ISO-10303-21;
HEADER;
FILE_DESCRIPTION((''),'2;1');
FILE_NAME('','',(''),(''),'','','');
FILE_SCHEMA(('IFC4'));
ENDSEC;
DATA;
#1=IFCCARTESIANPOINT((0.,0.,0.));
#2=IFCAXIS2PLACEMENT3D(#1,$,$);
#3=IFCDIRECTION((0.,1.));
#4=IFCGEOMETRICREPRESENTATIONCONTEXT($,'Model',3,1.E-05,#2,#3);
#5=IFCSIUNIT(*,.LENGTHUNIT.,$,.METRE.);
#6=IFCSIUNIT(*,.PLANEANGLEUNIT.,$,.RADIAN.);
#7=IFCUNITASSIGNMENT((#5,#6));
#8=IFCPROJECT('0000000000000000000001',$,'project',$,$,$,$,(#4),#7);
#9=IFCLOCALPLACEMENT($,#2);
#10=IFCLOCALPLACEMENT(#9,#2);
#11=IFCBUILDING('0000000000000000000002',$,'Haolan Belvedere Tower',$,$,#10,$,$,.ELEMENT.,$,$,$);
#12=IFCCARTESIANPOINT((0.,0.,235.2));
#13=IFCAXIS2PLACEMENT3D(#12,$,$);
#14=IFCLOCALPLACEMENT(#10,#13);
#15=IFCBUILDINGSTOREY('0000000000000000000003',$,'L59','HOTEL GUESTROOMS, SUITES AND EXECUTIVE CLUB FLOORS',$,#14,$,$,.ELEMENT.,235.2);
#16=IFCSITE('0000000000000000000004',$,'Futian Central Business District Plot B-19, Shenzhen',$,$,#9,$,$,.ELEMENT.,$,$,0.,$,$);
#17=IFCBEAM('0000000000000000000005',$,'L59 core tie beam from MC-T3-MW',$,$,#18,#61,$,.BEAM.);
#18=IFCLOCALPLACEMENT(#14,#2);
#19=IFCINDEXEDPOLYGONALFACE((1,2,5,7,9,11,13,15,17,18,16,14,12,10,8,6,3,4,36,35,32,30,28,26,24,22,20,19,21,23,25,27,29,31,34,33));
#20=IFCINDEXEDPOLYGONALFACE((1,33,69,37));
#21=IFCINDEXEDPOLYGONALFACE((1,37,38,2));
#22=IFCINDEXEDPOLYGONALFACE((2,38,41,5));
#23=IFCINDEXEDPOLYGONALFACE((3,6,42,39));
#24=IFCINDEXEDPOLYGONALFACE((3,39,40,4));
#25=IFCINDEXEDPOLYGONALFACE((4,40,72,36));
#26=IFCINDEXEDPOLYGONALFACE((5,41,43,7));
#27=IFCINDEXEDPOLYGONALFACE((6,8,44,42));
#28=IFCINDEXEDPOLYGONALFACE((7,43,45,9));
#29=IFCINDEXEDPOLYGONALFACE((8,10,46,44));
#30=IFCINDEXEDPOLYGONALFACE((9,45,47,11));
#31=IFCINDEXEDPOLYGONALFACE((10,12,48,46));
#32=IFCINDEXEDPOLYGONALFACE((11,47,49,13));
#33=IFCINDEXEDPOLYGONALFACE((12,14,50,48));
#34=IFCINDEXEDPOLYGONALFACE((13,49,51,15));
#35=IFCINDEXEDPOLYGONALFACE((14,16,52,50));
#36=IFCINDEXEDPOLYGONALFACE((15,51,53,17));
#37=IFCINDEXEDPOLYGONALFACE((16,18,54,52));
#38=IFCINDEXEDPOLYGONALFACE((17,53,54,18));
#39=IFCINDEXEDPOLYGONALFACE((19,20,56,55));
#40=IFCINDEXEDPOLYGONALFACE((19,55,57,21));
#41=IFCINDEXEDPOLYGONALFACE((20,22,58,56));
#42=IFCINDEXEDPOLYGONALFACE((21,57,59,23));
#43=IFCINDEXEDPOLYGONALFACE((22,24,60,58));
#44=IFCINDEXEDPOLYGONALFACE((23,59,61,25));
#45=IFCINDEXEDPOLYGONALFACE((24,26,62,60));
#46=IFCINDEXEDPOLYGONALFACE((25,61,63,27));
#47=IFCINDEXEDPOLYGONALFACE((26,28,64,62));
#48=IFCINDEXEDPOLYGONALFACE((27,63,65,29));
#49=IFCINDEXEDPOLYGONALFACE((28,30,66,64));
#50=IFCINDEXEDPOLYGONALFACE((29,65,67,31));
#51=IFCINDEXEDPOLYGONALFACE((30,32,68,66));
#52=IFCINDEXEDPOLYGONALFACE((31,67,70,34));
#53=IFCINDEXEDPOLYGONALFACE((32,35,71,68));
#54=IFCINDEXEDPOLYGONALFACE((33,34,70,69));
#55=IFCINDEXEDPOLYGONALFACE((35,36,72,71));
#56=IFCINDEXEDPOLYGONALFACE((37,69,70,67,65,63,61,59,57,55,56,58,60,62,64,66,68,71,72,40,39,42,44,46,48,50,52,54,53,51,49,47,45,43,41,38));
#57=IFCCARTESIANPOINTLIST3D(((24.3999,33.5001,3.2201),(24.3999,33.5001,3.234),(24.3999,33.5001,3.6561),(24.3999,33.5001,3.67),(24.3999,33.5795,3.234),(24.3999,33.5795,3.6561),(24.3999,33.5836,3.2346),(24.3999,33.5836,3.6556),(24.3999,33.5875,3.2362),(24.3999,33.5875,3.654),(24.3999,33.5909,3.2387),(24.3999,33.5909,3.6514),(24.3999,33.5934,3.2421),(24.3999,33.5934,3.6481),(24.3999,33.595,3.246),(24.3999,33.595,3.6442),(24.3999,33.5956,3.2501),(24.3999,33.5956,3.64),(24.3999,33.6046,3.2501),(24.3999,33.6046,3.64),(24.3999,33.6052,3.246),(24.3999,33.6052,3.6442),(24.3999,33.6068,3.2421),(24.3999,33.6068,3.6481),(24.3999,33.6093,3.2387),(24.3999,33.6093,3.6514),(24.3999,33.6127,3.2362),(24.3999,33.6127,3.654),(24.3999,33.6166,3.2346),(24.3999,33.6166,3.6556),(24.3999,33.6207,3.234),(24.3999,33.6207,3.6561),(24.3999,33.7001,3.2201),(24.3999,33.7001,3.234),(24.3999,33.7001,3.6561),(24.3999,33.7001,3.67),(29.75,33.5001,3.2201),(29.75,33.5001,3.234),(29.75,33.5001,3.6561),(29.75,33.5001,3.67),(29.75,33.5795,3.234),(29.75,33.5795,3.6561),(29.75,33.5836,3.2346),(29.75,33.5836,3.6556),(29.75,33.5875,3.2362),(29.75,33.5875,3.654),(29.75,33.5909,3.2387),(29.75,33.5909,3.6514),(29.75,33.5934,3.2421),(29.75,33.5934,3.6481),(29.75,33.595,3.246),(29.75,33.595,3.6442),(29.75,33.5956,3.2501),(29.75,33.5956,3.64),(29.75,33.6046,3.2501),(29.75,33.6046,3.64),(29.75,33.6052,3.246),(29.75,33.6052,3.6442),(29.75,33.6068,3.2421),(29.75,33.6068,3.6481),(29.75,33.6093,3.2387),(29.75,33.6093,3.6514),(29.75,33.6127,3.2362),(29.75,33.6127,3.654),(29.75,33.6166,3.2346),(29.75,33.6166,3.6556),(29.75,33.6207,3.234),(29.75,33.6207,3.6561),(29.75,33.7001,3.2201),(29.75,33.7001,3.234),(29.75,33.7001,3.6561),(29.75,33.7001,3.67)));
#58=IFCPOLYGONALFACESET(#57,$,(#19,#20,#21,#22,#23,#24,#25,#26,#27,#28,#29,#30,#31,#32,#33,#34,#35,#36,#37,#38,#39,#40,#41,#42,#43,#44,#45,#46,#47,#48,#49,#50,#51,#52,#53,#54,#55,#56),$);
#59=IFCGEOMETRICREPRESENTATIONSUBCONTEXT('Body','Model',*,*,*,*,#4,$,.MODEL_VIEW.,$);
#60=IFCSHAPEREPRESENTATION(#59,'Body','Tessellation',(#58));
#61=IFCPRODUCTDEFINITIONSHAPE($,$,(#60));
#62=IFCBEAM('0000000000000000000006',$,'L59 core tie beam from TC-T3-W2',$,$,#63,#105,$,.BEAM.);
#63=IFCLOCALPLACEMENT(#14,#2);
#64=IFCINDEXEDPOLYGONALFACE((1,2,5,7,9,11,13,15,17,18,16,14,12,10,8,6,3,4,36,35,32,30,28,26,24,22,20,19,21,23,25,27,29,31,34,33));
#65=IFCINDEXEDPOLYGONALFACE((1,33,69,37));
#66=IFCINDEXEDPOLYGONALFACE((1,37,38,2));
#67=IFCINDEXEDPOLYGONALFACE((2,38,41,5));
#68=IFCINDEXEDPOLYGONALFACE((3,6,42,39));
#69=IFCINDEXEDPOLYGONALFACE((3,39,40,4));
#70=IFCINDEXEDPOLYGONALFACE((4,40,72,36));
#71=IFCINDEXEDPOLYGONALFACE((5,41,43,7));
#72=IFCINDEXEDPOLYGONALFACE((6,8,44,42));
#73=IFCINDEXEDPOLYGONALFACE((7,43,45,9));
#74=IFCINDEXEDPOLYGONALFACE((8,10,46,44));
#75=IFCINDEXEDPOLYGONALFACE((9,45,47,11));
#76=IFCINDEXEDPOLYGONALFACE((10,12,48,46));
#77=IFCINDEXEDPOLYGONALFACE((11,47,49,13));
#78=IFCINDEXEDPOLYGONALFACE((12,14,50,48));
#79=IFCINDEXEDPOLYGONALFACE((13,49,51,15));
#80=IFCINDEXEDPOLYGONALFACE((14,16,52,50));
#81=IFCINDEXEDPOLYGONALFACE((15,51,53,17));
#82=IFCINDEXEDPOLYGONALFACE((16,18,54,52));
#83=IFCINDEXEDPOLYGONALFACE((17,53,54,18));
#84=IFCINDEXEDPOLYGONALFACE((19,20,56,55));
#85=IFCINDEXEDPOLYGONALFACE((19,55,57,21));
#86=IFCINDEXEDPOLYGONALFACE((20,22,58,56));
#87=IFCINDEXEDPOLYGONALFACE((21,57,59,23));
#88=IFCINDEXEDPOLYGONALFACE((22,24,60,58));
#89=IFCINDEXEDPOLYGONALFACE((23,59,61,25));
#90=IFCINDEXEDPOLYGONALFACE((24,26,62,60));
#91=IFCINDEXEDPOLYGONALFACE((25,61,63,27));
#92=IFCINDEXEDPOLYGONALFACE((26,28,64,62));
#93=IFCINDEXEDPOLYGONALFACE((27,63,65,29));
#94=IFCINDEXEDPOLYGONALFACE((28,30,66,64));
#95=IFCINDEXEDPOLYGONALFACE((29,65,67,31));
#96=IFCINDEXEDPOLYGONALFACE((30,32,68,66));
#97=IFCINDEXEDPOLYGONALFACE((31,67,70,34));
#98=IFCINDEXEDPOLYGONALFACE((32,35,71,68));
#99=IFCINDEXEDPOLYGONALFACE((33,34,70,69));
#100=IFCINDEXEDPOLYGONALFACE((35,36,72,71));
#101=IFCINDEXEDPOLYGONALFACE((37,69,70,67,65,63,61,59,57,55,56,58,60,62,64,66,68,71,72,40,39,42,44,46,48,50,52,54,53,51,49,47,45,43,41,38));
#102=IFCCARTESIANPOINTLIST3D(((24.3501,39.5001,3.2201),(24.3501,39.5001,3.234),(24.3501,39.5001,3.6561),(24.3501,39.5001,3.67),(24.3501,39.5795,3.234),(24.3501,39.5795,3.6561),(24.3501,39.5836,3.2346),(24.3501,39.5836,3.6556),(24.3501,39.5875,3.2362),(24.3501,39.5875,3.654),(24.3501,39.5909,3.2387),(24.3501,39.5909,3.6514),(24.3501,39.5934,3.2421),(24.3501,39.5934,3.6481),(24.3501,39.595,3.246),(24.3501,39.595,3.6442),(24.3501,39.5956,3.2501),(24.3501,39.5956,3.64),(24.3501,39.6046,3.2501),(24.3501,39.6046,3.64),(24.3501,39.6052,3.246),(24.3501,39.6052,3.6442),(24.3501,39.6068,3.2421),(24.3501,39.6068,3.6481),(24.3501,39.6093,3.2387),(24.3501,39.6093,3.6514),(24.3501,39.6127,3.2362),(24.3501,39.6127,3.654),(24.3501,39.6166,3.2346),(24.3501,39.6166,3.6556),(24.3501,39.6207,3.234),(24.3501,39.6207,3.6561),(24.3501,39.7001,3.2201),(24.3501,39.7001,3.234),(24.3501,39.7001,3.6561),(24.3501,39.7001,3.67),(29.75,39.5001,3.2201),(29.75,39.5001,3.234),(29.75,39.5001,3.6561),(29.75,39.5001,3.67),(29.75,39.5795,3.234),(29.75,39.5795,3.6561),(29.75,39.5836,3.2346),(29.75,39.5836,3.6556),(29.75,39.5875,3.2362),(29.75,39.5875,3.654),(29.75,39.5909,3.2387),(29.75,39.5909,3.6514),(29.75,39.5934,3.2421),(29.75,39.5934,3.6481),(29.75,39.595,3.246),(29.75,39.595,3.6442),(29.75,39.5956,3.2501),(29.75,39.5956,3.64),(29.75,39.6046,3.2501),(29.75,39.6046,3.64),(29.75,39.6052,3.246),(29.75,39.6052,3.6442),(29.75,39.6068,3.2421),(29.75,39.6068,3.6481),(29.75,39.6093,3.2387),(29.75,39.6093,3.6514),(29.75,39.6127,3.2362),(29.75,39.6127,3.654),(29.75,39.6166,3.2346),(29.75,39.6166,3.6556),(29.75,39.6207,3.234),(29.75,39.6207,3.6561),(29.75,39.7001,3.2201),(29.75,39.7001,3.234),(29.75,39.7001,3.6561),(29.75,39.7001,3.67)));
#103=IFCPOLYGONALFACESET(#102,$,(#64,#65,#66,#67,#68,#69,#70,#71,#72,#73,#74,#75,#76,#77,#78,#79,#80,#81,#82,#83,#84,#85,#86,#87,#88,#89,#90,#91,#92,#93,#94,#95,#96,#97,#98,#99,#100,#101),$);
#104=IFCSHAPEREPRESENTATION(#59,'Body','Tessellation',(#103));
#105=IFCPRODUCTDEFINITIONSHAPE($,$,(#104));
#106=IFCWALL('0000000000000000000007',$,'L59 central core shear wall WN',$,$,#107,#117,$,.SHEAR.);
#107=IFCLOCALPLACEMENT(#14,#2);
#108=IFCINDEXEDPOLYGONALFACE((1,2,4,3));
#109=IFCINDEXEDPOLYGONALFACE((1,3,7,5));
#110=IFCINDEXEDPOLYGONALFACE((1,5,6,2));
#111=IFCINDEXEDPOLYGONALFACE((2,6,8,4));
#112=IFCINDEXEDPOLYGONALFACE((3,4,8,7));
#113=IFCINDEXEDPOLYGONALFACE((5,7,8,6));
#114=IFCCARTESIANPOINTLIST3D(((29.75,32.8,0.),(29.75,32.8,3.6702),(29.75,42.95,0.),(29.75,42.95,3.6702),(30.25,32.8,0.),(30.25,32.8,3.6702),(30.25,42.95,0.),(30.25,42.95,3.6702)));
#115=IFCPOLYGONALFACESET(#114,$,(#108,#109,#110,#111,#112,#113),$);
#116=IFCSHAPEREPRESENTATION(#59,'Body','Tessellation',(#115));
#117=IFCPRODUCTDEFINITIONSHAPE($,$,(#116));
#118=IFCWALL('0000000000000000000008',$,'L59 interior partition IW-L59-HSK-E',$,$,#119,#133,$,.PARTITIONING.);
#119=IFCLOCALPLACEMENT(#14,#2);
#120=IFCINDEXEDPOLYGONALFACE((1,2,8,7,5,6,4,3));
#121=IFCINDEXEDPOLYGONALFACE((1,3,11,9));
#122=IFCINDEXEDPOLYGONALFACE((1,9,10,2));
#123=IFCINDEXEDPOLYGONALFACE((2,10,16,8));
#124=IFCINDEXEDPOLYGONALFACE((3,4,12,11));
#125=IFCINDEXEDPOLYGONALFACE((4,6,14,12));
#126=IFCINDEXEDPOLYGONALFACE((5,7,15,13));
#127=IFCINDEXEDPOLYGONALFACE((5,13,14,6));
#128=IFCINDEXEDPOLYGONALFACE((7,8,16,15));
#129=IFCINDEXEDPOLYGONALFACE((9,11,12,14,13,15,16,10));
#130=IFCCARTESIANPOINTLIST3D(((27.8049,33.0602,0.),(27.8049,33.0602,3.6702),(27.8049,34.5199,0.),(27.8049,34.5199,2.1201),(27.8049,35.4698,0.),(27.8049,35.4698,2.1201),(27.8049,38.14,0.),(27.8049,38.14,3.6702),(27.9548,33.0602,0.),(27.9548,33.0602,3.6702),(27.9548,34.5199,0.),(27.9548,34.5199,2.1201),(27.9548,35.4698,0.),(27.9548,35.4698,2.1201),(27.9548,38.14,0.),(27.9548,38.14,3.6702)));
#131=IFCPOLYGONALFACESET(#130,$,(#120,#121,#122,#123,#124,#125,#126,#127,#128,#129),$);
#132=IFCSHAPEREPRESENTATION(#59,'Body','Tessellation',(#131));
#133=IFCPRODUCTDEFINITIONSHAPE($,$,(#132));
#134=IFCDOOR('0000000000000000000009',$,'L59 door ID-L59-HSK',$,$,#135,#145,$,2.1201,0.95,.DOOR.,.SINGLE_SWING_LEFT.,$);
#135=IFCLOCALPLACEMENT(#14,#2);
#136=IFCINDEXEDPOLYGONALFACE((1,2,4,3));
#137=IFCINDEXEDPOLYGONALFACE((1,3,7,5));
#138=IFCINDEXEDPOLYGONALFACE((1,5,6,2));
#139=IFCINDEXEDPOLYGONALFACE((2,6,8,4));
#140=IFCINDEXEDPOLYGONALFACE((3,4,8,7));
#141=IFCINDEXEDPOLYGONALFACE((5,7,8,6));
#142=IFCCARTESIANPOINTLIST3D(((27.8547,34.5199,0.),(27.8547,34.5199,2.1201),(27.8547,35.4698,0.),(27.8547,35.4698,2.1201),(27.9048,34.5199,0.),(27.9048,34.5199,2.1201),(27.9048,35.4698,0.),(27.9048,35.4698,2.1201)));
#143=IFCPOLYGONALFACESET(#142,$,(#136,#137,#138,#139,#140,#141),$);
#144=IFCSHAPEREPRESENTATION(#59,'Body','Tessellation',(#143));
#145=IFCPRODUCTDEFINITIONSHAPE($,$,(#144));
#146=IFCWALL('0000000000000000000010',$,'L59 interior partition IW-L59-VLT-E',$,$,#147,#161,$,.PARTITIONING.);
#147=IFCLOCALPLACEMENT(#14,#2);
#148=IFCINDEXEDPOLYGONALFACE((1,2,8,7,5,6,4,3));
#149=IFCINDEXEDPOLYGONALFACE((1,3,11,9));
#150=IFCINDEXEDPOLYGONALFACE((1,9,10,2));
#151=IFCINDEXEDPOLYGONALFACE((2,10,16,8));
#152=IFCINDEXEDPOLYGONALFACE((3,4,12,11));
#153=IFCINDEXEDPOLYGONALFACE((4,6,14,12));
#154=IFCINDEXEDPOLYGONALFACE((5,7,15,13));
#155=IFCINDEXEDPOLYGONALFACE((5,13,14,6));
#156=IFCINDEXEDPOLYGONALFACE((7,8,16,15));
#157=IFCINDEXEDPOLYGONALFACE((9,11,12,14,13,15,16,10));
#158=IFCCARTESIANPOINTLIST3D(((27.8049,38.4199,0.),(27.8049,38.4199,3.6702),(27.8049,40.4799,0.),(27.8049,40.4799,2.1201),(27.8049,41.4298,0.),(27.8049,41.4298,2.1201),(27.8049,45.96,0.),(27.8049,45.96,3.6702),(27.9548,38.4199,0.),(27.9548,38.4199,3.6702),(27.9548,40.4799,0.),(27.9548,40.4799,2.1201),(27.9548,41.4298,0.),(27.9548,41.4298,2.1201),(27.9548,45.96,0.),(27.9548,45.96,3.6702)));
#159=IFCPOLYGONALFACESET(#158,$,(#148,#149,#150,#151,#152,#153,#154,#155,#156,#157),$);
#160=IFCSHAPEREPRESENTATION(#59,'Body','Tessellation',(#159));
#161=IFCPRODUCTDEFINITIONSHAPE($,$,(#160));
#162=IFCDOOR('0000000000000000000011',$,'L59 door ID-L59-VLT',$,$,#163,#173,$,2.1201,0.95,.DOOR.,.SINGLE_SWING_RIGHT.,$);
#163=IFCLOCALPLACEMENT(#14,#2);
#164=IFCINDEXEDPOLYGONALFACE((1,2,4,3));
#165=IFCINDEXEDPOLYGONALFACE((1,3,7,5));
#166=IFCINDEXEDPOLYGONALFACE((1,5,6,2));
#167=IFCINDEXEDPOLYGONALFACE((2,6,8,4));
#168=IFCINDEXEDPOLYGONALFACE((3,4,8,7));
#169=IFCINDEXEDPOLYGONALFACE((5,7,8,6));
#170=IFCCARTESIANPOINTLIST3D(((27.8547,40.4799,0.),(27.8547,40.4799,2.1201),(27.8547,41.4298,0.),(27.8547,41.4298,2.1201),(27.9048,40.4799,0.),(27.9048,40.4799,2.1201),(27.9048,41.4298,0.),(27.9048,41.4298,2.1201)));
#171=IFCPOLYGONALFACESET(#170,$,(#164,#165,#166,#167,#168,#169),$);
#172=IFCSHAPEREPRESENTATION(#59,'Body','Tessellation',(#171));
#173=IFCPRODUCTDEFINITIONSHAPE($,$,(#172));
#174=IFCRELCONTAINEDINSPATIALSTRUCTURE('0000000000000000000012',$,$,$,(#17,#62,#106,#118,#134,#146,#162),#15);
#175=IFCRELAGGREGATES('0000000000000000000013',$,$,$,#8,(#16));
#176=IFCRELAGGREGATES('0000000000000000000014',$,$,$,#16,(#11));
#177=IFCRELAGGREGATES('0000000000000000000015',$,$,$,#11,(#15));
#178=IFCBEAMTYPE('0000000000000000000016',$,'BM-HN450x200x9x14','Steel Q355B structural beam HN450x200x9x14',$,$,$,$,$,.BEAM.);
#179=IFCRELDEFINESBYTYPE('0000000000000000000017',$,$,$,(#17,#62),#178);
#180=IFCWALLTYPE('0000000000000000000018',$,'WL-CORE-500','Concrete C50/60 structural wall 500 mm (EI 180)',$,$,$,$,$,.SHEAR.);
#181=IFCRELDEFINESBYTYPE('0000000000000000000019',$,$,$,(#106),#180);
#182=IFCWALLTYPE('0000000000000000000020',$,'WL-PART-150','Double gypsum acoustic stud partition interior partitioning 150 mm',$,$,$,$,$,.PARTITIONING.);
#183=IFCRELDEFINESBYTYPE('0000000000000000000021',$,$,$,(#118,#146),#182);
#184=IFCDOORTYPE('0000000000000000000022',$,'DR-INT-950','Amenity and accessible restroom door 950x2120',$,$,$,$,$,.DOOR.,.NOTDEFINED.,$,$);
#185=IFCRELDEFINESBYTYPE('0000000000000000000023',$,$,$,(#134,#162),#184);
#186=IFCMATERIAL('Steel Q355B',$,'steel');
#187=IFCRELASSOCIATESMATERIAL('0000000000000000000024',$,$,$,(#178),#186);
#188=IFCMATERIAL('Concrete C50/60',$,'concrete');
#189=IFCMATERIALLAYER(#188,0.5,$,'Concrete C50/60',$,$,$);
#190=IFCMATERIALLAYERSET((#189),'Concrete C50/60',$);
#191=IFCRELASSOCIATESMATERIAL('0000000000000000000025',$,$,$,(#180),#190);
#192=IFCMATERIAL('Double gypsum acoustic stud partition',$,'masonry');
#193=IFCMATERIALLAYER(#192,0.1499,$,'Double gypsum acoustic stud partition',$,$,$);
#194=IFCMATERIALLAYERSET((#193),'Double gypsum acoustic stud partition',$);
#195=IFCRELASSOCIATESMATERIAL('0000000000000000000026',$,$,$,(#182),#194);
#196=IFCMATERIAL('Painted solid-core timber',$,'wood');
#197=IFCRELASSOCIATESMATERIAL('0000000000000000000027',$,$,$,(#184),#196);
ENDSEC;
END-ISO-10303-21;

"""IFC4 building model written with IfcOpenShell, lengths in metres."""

from ifc_helpers import new_model, si_unit, direction, frame, frame_2d, origin, origin_2d, place, context, subcontext, project, spatial, rectangle, i_section, extrude, material, layer, layer_set, material_profile, profile_set, type_object, element, fill, save


model = new_model("IFC4")

# Units and contexts
model_context = context("Model", 3, precision=1e-05, world=origin(), true_north=direction((0.0, 1.0)))
body_context = subcontext(model_context, "Body", "Model", "MODEL_VIEW")
ifc_project = project(units=[si_unit("LENGTHUNIT", "METRE"), si_unit("PLANEANGLEUNIT", "RADIAN")], contexts=[model_context])

# Site, building, storey
site_placement = place(None, origin())
site = spatial("IfcSite", under=ifc_project, at=site_placement, Name="Futian Central Business District Plot B-19, Shenzhen", CompositionType="ELEMENT", RefElevation=0.0)
building_placement = place(site_placement, origin())
building = spatial("IfcBuilding", under=site, at=building_placement, Name="Haolan Belvedere Tower", CompositionType="ELEMENT")
storey_placement = place(building_placement, frame((0.0, 0.0, 235.2)))
storey = spatial("IfcBuildingStorey", under=building, at=storey_placement, Name="L59", Description="HOTEL GUESTROOMS, SUITES AND EXECUTIVE CLUB FLOORS", CompositionType="ELEMENT", Elevation=235.2)

# Beams
ifc_material_1 = material(Name="Steel Q355B", Category="steel")
ifc_material_profile = material_profile(ifc_material_1, i_section(OverallWidth=0.2, OverallDepth=0.45, WebThickness=0.009, FlangeThickness=0.0139, FilletRadius=0.0161, at=origin_2d()), Name="Steel Q355B")
ifc_profile_set = profile_set([ifc_material_profile], Name="Steel Q355B")
beam_type = type_object("IfcBeamType", Name="BM-HN450x200x9x14", Description="Steel Q355B structural beam HN450x200x9x14", PredefinedType="BEAM", material=ifc_profile_set)
beam_1_placement = place(storey_placement, frame((24.3999, 33.6001, 3.4451), z_axis=(1.0, 0.0, 0.0), x_axis=(0.0, 1.0, 0.0)))
element("IfcBeam", 1, at=beam_1_placement, inside=storey, type_object=beam_type, Name="L59 core tie beam from MC-T3-MW", PredefinedType="BEAM", context=body_context, shape_type="SweptSolid", body=[
    extrude(i_section(OverallWidth=0.2, OverallDepth=0.45, WebThickness=0.009, FlangeThickness=0.0139, FilletRadius=0.0161, at=origin_2d()), origin(), (0.0, 0.0, 1.0), 5.3501),
])
beam_2_placement = place(storey_placement, frame((24.3501, 39.6001, 3.4451), z_axis=(1.0, 0.0, 0.0), x_axis=(0.0, 1.0, 0.0)))
element("IfcBeam", 2, at=beam_2_placement, inside=storey, type_object=beam_type, Name="L59 core tie beam from TC-T3-W2", PredefinedType="BEAM", context=body_context, shape_type="SweptSolid", body=[
    extrude(i_section(OverallWidth=0.2, OverallDepth=0.45, WebThickness=0.009, FlangeThickness=0.0139, FilletRadius=0.0161, at=origin_2d()), origin(), (0.0, 0.0, 1.0), 5.3999),
])

# Wall
ifc_material_2 = material(Name="Concrete C50/60", Category="concrete")
ifc_layer_1 = layer(ifc_material_2, 0.5, Name="Concrete C50/60")
ifc_layer_set_1 = layer_set([ifc_layer_1], Name="Concrete C50/60")
wall_type_1 = type_object("IfcWallType", Name="WL-CORE-500", Description="Concrete C50/60 structural wall 500 mm (EI 180)", PredefinedType="SHEAR", material=ifc_layer_set_1)
wall_1_placement = place(storey_placement, frame((30.0, 32.8, 0.0), z_axis=(0.0, 0.0, 1.0), x_axis=(0.0, 1.0, 0.0)))
element("IfcWall", 3, at=wall_1_placement, inside=storey, type_object=wall_type_1, Name="L59 central core shear wall WN", PredefinedType="SHEAR", context=body_context, shape_type="SweptSolid", body=[
    extrude(rectangle(XDim=10.1499, YDim=0.5, at=frame_2d((5.075, 0.0))), origin(), (0.0, 0.0, 1.0), 3.6702),
])

# Walls, openings, doors
ifc_material_3 = material(Name="Double gypsum acoustic stud partition", Category="masonry")
ifc_layer_2 = layer(ifc_material_3, 0.1499, Name="Double gypsum acoustic stud partition")
ifc_layer_set_2 = layer_set([ifc_layer_2], Name="Double gypsum acoustic stud partition")
wall_type_2 = type_object("IfcWallType", Name="WL-PART-150", Description="Double gypsum acoustic stud partition interior partitioning 150 mm", PredefinedType="PARTITIONING", material=ifc_layer_set_2)
wall_2_placement = place(storey_placement, frame((27.8799, 33.0601, 0.0), z_axis=(0.0, 0.0, 1.0), x_axis=(0.0, 1.0, 0.0)))
wall_2 = element("IfcWall", 4, at=wall_2_placement, inside=storey, type_object=wall_type_2, Name="L59 interior partition IW-L59-HSK-E", PredefinedType="PARTITIONING", context=body_context, shape_type="SweptSolid", body=[
    extrude(rectangle(XDim=5.0798, YDim=0.1499, at=frame_2d((2.54, 0.0))), origin(), (0.0, 0.0, 1.0), 3.6702),
])
opening_1_placement = place(wall_2_placement, frame((2.4099, 0.0, 0.0), z_axis=(0.0, 0.0, 1.0), x_axis=(-1.0, 0.0, 0.0)))
opening_1 = element("IfcOpeningElement", 5, at=opening_1_placement, cuts=wall_2, PredefinedType="OPENING", context=body_context, shape_type="SweptSolid", body=[
    extrude(rectangle(XDim=0.95, YDim=2.1201, at=frame_2d((0.4751, 1.0601))), frame((0.0, 0.085, 0.0), z_axis=(0.0, -1.0, 0.0), x_axis=(1.0, 0.0, 0.0)), (0.0, 0.0, 1.0), 0.1699),
])
ifc_material_4 = material(Name="Painted solid-core timber", Category="wood")
door_type_1 = type_object("IfcDoorType", Name="DR-INT-950", Description="Amenity and accessible restroom door 950x2120", OperationType="NOTDEFINED", PredefinedType="DOOR", material=ifc_material_4)
door_1_placement = place(opening_1_placement, origin())
door_1 = element("IfcDoor", 6, at=door_1_placement, inside=storey, type_object=door_type_1, Name="L59 door ID-L59-HSK", OperationType="SINGLE_SWING_LEFT", OverallHeight=2.1201, OverallWidth=0.95, PredefinedType="DOOR", context=body_context, shape_type="SweptSolid", body=[
    extrude(rectangle(XDim=0.95, YDim=2.1201, at=frame_2d((0.4751, 1.0601))), frame((0.0, 0.0249, 0.0), z_axis=(0.0, -1.0, 0.0), x_axis=(1.0, 0.0, 0.0)), (0.0, 0.0, 1.0), 0.05),
])
fill(opening_1, door_1)
wall_3_placement = place(storey_placement, frame((27.8799, 38.4199, 0.0), z_axis=(0.0, 0.0, 1.0), x_axis=(0.0, 1.0, 0.0)))
wall_3 = element("IfcWall", 7, at=wall_3_placement, inside=storey, type_object=wall_type_2, Name="L59 interior partition IW-L59-VLT-E", PredefinedType="PARTITIONING", context=body_context, shape_type="SweptSolid", body=[
    extrude(rectangle(XDim=7.54, YDim=0.1499, at=frame_2d((3.77, 0.0))), origin(), (0.0, 0.0, 1.0), 3.6702),
])
opening_2_placement = place(wall_3_placement, frame((3.01, 0.0, 0.0), z_axis=(0.0, 0.0, 1.0), x_axis=(-1.0, 0.0, 0.0)))
opening_2 = element("IfcOpeningElement", 8, at=opening_2_placement, cuts=wall_3, PredefinedType="OPENING", context=body_context, shape_type="SweptSolid", body=[
    extrude(rectangle(XDim=0.95, YDim=2.1201, at=frame_2d((0.4751, 1.0601))), frame((0.0, 0.085, 0.0), z_axis=(0.0, -1.0, 0.0), x_axis=(1.0, 0.0, 0.0)), (0.0, 0.0, 1.0), 0.1699),
])
door_2_placement = place(opening_2_placement, origin())
door_2 = element("IfcDoor", 9, at=door_2_placement, inside=storey, type_object=door_type_1, Name="L59 door ID-L59-VLT", OperationType="SINGLE_SWING_RIGHT", OverallHeight=2.1201, OverallWidth=0.95, PredefinedType="DOOR", context=body_context, shape_type="SweptSolid", body=[
    extrude(rectangle(XDim=0.95, YDim=2.1201, at=frame_2d((0.4751, 1.0601))), frame((0.0, 0.0249, 0.0), z_axis=(0.0, -1.0, 0.0), x_axis=(1.0, 0.0, 0.0)), (0.0, 0.0, 1.0), 0.05),
])
fill(opening_2, door_2)

save(model, "model.ifc")
